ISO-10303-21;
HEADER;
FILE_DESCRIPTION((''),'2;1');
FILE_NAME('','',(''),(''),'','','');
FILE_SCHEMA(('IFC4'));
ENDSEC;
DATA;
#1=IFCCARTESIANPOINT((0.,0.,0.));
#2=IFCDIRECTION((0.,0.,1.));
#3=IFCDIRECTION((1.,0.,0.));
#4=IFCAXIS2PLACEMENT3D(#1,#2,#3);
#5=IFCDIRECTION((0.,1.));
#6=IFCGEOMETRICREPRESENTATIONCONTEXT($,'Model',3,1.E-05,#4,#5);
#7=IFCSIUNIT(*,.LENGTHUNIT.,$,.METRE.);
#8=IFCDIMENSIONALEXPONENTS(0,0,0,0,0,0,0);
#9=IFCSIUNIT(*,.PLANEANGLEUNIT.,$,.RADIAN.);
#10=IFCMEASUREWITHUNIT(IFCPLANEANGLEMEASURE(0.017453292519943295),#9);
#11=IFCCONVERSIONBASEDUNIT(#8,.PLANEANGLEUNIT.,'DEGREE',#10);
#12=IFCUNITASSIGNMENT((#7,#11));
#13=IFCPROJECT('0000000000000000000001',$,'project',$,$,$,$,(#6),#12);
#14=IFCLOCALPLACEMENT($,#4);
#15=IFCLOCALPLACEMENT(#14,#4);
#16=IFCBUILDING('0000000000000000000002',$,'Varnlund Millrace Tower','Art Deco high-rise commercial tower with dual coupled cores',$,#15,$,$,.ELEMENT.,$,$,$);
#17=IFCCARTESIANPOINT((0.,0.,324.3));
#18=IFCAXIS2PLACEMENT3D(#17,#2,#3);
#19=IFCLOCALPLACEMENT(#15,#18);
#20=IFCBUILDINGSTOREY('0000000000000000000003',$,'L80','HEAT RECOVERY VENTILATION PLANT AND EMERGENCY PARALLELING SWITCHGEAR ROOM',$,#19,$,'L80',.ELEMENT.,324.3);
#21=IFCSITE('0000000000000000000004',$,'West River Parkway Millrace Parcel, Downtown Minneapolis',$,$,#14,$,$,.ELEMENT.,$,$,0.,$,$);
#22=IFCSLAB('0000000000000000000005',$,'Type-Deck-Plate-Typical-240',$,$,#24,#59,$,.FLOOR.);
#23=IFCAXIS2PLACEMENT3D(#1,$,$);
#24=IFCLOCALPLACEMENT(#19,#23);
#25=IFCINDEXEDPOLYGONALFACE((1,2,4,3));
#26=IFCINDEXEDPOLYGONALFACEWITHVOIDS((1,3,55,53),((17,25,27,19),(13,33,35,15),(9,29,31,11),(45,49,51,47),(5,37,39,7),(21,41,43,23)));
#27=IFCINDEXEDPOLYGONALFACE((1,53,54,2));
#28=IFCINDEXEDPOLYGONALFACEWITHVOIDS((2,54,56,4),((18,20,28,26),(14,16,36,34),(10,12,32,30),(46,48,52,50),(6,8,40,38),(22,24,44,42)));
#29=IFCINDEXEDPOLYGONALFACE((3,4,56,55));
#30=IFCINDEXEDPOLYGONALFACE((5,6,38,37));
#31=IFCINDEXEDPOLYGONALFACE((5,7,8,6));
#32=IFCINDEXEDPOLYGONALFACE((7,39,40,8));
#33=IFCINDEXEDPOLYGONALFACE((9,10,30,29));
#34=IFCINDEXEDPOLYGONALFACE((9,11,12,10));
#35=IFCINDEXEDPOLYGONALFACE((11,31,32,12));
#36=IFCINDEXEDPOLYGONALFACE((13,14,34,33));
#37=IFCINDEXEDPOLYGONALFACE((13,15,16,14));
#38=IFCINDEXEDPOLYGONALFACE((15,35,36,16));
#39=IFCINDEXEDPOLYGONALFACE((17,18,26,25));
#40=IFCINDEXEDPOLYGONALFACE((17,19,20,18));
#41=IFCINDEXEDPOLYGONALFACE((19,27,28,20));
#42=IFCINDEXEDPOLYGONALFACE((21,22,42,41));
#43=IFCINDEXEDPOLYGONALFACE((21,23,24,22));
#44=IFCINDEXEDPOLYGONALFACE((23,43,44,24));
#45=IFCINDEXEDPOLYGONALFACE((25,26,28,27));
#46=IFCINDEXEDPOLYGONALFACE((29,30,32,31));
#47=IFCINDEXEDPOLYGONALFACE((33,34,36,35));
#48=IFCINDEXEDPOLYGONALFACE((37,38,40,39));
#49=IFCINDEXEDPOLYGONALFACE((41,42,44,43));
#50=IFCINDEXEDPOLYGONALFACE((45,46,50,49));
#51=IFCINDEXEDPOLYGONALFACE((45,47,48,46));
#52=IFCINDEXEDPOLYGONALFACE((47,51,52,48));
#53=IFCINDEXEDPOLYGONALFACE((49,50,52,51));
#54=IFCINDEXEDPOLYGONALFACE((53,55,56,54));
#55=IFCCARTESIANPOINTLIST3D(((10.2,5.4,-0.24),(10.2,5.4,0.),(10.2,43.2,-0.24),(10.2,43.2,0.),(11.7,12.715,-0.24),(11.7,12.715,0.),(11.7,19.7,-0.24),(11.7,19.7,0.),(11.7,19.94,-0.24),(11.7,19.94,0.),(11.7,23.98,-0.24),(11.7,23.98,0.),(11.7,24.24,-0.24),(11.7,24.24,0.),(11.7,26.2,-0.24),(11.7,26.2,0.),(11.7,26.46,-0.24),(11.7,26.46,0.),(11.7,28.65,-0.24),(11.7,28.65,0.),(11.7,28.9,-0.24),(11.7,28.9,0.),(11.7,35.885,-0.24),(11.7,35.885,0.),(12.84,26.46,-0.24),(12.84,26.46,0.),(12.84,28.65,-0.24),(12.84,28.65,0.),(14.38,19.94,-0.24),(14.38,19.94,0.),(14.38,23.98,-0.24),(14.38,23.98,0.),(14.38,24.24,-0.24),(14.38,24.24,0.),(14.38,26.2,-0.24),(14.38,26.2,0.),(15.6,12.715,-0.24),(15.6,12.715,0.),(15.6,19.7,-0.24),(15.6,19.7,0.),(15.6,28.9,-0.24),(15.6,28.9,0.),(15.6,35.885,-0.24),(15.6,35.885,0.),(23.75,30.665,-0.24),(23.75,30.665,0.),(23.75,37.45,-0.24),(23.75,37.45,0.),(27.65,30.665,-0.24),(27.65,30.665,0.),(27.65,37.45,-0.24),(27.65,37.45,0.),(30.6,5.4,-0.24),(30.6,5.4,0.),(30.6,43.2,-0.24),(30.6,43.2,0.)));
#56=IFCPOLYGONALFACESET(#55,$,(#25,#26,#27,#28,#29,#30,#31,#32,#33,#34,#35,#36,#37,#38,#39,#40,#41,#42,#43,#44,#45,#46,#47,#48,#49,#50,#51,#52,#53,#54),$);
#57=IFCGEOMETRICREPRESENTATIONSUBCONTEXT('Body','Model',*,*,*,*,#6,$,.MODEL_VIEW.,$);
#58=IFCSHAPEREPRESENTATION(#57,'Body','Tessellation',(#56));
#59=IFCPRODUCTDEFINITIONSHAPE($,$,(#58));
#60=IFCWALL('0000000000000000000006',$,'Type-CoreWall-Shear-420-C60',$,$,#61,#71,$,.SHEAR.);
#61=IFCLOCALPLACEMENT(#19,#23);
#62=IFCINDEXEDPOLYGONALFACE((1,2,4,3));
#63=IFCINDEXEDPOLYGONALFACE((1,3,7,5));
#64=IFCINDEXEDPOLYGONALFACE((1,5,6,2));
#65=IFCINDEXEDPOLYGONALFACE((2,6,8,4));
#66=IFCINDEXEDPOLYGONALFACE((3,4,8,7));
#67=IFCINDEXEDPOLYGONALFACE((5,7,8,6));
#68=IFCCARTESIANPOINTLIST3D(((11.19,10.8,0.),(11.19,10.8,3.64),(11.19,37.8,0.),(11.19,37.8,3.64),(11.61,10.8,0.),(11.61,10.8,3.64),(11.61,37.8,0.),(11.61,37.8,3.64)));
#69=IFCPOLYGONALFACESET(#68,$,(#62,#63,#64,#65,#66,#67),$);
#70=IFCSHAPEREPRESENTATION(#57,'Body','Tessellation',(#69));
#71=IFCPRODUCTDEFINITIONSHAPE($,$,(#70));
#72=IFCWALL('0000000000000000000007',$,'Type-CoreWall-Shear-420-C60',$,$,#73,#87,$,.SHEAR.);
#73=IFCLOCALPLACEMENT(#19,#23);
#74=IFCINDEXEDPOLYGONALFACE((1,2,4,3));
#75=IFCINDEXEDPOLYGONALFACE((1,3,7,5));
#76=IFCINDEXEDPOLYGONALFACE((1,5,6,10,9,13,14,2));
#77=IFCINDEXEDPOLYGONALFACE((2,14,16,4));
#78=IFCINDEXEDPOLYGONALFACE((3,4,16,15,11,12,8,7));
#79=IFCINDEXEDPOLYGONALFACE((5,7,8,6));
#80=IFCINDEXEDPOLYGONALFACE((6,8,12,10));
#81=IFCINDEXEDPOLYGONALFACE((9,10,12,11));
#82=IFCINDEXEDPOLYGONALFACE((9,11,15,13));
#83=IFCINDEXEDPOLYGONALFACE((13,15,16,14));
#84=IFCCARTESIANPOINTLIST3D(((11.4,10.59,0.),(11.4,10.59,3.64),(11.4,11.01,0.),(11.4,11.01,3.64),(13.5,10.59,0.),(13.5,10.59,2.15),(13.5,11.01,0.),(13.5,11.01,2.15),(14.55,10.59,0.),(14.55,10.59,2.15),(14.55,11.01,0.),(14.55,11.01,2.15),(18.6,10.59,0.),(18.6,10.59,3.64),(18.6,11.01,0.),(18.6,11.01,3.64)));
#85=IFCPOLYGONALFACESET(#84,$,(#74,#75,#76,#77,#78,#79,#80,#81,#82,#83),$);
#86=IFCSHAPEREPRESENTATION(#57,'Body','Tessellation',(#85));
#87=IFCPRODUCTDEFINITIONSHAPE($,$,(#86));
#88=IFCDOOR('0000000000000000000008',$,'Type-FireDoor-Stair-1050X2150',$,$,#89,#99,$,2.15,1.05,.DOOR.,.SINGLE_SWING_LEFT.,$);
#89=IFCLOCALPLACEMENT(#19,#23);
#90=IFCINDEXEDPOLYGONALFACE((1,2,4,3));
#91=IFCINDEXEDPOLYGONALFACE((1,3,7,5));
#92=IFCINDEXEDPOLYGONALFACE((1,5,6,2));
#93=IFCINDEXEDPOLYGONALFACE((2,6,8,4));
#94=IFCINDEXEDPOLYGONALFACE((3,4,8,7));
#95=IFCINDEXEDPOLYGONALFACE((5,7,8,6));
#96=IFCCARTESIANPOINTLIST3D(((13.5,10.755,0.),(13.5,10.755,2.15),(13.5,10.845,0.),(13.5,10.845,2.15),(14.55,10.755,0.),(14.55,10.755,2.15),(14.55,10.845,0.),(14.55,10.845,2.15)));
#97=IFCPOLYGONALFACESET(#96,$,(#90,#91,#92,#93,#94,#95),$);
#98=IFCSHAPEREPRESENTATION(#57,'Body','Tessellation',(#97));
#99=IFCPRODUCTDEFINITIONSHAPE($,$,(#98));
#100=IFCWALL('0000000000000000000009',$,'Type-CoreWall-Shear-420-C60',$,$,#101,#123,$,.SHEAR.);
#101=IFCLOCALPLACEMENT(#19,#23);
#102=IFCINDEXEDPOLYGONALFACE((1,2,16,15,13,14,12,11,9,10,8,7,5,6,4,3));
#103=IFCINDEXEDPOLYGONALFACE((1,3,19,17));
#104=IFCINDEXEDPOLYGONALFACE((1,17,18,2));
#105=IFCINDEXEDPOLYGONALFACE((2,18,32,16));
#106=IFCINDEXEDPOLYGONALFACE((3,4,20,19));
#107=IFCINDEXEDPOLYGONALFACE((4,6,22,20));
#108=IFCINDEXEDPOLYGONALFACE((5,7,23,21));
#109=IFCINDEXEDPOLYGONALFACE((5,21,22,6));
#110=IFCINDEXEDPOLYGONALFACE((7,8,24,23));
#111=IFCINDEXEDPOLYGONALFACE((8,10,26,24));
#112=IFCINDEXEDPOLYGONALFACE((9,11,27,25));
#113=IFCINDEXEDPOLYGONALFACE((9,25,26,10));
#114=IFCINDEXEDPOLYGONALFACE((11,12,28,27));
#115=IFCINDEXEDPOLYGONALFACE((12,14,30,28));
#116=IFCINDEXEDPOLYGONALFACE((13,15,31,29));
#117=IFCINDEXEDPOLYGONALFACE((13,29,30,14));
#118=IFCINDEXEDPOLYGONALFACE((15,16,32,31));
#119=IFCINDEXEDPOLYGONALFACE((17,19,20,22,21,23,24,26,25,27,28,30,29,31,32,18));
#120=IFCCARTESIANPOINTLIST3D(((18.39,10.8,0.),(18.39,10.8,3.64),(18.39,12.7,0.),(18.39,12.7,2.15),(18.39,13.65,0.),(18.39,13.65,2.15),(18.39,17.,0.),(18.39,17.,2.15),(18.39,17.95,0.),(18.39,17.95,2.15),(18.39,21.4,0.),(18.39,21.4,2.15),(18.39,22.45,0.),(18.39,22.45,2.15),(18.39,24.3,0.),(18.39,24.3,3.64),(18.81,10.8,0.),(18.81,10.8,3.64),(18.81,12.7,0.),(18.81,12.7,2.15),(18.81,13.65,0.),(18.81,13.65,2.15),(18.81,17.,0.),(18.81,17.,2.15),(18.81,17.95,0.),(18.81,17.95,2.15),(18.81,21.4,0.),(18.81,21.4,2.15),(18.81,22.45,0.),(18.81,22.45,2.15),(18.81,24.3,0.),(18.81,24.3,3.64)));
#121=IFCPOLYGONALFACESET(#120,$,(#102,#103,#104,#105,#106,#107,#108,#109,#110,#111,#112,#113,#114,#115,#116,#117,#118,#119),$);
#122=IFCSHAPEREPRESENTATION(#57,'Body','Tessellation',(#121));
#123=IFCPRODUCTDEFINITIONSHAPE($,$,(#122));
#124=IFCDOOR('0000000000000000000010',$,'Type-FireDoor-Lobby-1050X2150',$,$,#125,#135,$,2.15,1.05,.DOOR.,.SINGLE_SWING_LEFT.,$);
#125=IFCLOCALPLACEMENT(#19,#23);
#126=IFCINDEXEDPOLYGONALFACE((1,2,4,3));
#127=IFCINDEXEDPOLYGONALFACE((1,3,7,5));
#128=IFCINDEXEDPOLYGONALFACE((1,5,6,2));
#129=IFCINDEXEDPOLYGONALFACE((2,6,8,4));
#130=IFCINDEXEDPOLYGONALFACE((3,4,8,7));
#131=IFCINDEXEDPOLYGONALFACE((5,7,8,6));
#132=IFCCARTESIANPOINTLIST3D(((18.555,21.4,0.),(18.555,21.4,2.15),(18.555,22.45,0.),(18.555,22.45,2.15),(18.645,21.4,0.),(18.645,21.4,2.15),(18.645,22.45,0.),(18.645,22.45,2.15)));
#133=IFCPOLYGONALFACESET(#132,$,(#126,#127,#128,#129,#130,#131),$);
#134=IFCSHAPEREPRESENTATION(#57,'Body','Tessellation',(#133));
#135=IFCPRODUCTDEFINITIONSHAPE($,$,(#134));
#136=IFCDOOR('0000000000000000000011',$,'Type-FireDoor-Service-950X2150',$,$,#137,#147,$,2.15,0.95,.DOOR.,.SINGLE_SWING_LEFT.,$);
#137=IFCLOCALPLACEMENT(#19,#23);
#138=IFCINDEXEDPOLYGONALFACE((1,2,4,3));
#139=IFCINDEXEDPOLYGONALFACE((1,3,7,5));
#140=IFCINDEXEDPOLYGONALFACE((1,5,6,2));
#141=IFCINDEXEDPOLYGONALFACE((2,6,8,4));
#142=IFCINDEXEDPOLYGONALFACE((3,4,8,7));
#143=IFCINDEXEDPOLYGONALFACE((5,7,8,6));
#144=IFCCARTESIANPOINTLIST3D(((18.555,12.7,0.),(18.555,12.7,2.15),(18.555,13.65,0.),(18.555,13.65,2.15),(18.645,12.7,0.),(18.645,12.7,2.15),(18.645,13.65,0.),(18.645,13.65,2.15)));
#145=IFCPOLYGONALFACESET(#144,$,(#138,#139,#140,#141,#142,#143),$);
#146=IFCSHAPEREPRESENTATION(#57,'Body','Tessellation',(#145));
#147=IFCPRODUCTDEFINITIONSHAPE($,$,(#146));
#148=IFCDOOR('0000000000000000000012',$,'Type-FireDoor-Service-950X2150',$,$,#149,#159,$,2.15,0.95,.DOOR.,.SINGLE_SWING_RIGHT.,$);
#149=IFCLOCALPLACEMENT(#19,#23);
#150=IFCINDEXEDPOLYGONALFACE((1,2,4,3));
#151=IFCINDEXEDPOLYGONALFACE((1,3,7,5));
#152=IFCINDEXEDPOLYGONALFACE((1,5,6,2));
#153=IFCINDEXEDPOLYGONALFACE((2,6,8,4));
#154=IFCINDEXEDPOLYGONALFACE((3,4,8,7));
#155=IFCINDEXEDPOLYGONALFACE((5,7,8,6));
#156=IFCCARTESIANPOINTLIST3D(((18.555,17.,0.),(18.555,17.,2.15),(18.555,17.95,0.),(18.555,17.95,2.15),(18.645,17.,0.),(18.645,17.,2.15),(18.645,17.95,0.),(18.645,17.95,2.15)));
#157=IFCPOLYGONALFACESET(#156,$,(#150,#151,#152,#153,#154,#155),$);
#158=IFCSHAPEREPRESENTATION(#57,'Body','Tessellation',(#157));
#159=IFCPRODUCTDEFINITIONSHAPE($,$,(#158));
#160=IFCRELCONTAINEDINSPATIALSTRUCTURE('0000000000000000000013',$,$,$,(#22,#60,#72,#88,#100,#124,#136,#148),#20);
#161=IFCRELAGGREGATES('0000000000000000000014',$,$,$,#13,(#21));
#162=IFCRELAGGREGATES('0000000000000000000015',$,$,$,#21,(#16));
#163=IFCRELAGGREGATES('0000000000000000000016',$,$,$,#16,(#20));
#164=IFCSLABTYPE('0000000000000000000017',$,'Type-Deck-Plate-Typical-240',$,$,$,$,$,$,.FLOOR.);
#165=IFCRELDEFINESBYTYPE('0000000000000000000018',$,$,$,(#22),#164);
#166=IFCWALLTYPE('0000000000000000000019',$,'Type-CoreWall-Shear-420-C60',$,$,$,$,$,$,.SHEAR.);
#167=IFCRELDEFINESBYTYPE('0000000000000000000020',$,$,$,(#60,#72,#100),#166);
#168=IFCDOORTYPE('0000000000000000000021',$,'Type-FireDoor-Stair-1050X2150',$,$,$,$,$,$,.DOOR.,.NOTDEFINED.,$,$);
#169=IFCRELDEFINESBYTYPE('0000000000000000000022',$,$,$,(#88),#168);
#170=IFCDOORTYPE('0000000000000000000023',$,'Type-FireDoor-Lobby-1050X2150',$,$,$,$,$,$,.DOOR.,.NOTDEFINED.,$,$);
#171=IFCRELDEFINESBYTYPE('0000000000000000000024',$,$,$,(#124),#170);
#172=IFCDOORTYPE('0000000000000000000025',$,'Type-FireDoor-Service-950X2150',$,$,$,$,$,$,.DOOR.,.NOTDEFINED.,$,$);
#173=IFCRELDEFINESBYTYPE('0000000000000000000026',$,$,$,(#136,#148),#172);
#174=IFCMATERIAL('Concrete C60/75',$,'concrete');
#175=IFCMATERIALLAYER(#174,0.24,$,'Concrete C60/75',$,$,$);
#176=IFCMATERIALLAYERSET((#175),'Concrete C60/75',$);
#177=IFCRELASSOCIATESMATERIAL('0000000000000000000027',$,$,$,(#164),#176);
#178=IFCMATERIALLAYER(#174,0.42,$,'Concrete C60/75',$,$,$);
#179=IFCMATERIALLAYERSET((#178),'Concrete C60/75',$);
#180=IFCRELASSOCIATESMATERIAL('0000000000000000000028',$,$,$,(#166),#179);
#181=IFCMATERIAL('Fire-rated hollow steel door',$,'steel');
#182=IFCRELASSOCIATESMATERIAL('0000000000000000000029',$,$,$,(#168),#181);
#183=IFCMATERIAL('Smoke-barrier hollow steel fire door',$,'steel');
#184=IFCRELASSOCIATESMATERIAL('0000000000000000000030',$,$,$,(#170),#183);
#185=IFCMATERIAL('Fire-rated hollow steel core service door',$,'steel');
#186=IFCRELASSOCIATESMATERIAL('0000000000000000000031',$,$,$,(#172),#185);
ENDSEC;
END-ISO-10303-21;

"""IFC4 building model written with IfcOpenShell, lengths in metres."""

from ifc_helpers import new_model, entity, si_unit, converted_unit, direction, frame, origin_with_axes, origin_2d_with_axis, place, context, subcontext, project, spatial, polyline, rectangle, outline, extrude, material, layer, layer_set, type_object, element, fill, save


model = new_model("IFC4")

# Units and contexts
model_context = context("Model", 3, precision=1e-05, world=origin_with_axes(), true_north=direction((0.0, 1.0)))
body_context = subcontext(model_context, "Body", "Model", "MODEL_VIEW")
ifc_project = project(units=[si_unit("LENGTHUNIT", "METRE"), converted_unit("PLANEANGLEUNIT", "DEGREE", entity("IfcPlaneAngleMeasure", 0.017453292519943295), si_unit("PLANEANGLEUNIT", "RADIAN"), dimensions=[0, 0, 0, 0, 0, 0, 0])], contexts=[model_context])

# Site, building, storey
site_placement = place(None, origin_with_axes())
site = spatial("IfcSite", under=ifc_project, at=site_placement, Name="West River Parkway Millrace Parcel, Downtown Minneapolis", CompositionType="ELEMENT", RefElevation=0.0)
building_placement = place(site_placement, origin_with_axes())
building = spatial("IfcBuilding", under=site, at=building_placement, Name="Varnlund Millrace Tower", Description="Art Deco high-rise commercial tower with dual coupled cores", CompositionType="ELEMENT")
storey_placement = place(building_placement, frame((0.0, 0.0, 324.3), z_axis=(0.0, 0.0, 1.0), x_axis=(1.0, 0.0, 0.0)))
storey = spatial("IfcBuildingStorey", under=building, at=storey_placement, Name="L80", Description="HEAT RECOVERY VENTILATION PLANT AND EMERGENCY PARALLELING SWITCHGEAR ROOM", LongName="L80", CompositionType="ELEMENT", Elevation=324.3)

# Slab
ifc_material_1 = material(Name="Concrete C60/75", Category="concrete")
ifc_layer_1 = layer(ifc_material_1, 0.24, Name="Concrete C60/75")
ifc_layer_set_1 = layer_set([ifc_layer_1], Name="Concrete C60/75")
slab_type = type_object("IfcSlabType", Name="Type-Deck-Plate-Typical-240", PredefinedType="FLOOR", material=ifc_layer_set_1)
slab_placement = place(storey_placement, frame((0.0, 0.0, -0.24), z_axis=(0.0, 0.0, 1.0), x_axis=(1.0, 0.0, 0.0)))
element("IfcSlab", 1, at=slab_placement, inside=storey, type_object=slab_type, Name="Type-Deck-Plate-Typical-240", PredefinedType="FLOOR", context=body_context, shape_type="SweptSolid", body=[
    extrude(outline(polyline([(30.6, 5.4), (30.6, 43.2), (10.2, 43.2), (10.2, 5.4), (30.6, 5.4)]), holes=[polyline([(11.7, 19.7), (15.6, 19.7), (15.6, 12.715), (11.7, 12.715), (11.7, 19.7)]), polyline([(11.7, 19.94), (11.7, 23.98), (14.38, 23.98), (14.38, 19.94), (11.7, 19.94)]), polyline([(14.38, 26.2), (14.38, 24.24), (11.7, 24.24), (11.7, 26.2), (14.38, 26.2)]), polyline([(12.84, 28.65), (12.84, 26.46), (11.7, 26.46), (11.7, 28.65), (12.84, 28.65)]), polyline([(15.6, 35.885), (15.6, 28.9), (11.7, 28.9), (11.7, 35.885), (15.6, 35.885)]), polyline([(27.65, 37.45), (27.65, 30.665), (23.75, 30.665), (23.75, 37.45), (27.65, 37.45)])]), origin_with_axes(), (0.0, 0.0, 1.0), 0.24),
])

# Wall
ifc_layer_2 = layer(ifc_material_1, 0.42, Name="Concrete C60/75")
ifc_layer_set_2 = layer_set([ifc_layer_2], Name="Concrete C60/75")
wall_type_1 = type_object("IfcWallType", Name="Type-CoreWall-Shear-420-C60", PredefinedType="SHEAR", material=ifc_layer_set_2)
wall_1_placement = place(storey_placement, frame((11.4, 10.8, 0.0), z_axis=(0.0, 0.0, 1.0), x_axis=(0.0, 1.0, 0.0)))
element("IfcWall", 2, at=wall_1_placement, inside=storey, type_object=wall_type_1, Name="Type-CoreWall-Shear-420-C60", PredefinedType="SHEAR", context=body_context, shape_type="SweptSolid", body=[
    extrude(outline(polyline([(0.0, -0.21), (27.0, -0.21), (27.0, 0.21), (0.0, 0.21), (0.0, -0.21)])), origin_with_axes(), (0.0, 0.0, 1.0), 3.64),
])

# Wall, opening, door
wall_2_placement = place(storey_placement, frame((11.4, 10.8, 0.0), z_axis=(0.0, 0.0, 1.0), x_axis=(1.0, 0.0, 0.0)))
wall_2 = element("IfcWall", 3, at=wall_2_placement, inside=storey, type_object=wall_type_1, Name="Type-CoreWall-Shear-420-C60", PredefinedType="SHEAR", context=body_context, shape_type="SweptSolid", body=[
    extrude(outline(polyline([(0.0, -0.21), (7.2, -0.21), (7.2, 0.21), (0.0, 0.21), (0.0, -0.21)])), origin_with_axes(), (0.0, 0.0, 1.0), 3.64),
])
opening_1_placement = place(wall_2_placement, frame((2.625, 0.0, 0.0), z_axis=(0.0, 0.0, 1.0), x_axis=(1.0, 0.0, 0.0)))
opening_1 = element("IfcOpeningElement", 4, at=opening_1_placement, cuts=wall_2, PredefinedType="OPENING", context=body_context, shape_type="SweptSolid", body=[
    extrude(rectangle(XDim=1.05, YDim=0.44, at=origin_2d_with_axis()), origin_with_axes(), (0.0, 0.0, 1.0), 2.15),
])
ifc_material_2 = material(Name="Fire-rated hollow steel door", Category="steel")
door_type_1 = type_object("IfcDoorType", Name="Type-FireDoor-Stair-1050X2150", OperationType="NOTDEFINED", PredefinedType="DOOR", material=ifc_material_2)
door_1_placement = place(wall_2_placement, frame((2.625, 0.0, 0.0), z_axis=(0.0, 0.0, 1.0), x_axis=(1.0, 0.0, 0.0)))
door_1 = element("IfcDoor", 5, at=door_1_placement, inside=storey, type_object=door_type_1, Name="Type-FireDoor-Stair-1050X2150", OperationType="SINGLE_SWING_LEFT", OverallHeight=2.15, OverallWidth=1.05, PredefinedType="DOOR", context=body_context, shape_type="SweptSolid", body=[
    extrude(rectangle(XDim=1.05, YDim=0.09, at=origin_2d_with_axis()), origin_with_axes(), (0.0, 0.0, 1.0), 2.15),
])
fill(opening_1, door_1)

# Wall, openings, doors
wall_3_placement = place(storey_placement, frame((18.6, 10.8, 0.0), z_axis=(0.0, 0.0, 1.0), x_axis=(0.0, 1.0, 0.0)))
wall_3 = element("IfcWall", 6, at=wall_3_placement, inside=storey, type_object=wall_type_1, Name="Type-CoreWall-Shear-420-C60", PredefinedType="SHEAR", context=body_context, shape_type="SweptSolid", body=[
    extrude(outline(polyline([(0.0, -0.21), (13.5, -0.21), (13.5, 0.21), (0.0, 0.21), (0.0, -0.21)])), origin_with_axes(), (0.0, 0.0, 1.0), 3.64),
])
opening_2_placement = place(wall_3_placement, frame((11.125, 0.0, 0.0), z_axis=(0.0, 0.0, 1.0), x_axis=(1.0, 0.0, 0.0)))
opening_2 = element("IfcOpeningElement", 7, at=opening_2_placement, cuts=wall_3, PredefinedType="OPENING", context=body_context, shape_type="SweptSolid", body=[
    extrude(rectangle(XDim=1.05, YDim=0.44, at=origin_2d_with_axis()), origin_with_axes(), (0.0, 0.0, 1.0), 2.15),
])
opening_3_placement = place(wall_3_placement, frame((2.375, 0.0, 0.0), z_axis=(0.0, 0.0, 1.0), x_axis=(1.0, 0.0, 0.0)))
opening_3 = element("IfcOpeningElement", 8, at=opening_3_placement, cuts=wall_3, PredefinedType="OPENING", context=body_context, shape_type="SweptSolid", body=[
    extrude(rectangle(XDim=0.95, YDim=0.44, at=origin_2d_with_axis()), origin_with_axes(), (0.0, 0.0, 1.0), 2.15),
])
opening_4_placement = place(wall_3_placement, frame((6.675, 0.0, 0.0), z_axis=(0.0, 0.0, 1.0), x_axis=(1.0, 0.0, 0.0)))
opening_4 = element("IfcOpeningElement", 9, at=opening_4_placement, cuts=wall_3, PredefinedType="OPENING", context=body_context, shape_type="SweptSolid", body=[
    extrude(rectangle(XDim=0.95, YDim=0.44, at=origin_2d_with_axis()), origin_with_axes(), (0.0, 0.0, 1.0), 2.15),
])
ifc_material_3 = material(Name="Smoke-barrier hollow steel fire door", Category="steel")
door_type_2 = type_object("IfcDoorType", Name="Type-FireDoor-Lobby-1050X2150", OperationType="NOTDEFINED", PredefinedType="DOOR", material=ifc_material_3)
door_2_placement = place(wall_3_placement, frame((11.125, 0.0, 0.0), z_axis=(0.0, 0.0, 1.0), x_axis=(1.0, 0.0, 0.0)))
door_2 = element("IfcDoor", 10, at=door_2_placement, inside=storey, type_object=door_type_2, Name="Type-FireDoor-Lobby-1050X2150", OperationType="SINGLE_SWING_LEFT", OverallHeight=2.15, OverallWidth=1.05, PredefinedType="DOOR", context=body_context, shape_type="SweptSolid", body=[
    extrude(rectangle(XDim=1.05, YDim=0.09, at=origin_2d_with_axis()), origin_with_axes(), (0.0, 0.0, 1.0), 2.15),
])
fill(opening_2, door_2)
ifc_material_4 = material(Name="Fire-rated hollow steel core service door", Category="steel")
door_type_3 = type_object("IfcDoorType", Name="Type-FireDoor-Service-950X2150", OperationType="NOTDEFINED", PredefinedType="DOOR", material=ifc_material_4)
door_3_placement = place(wall_3_placement, frame((2.375, 0.0, 0.0), z_axis=(0.0, 0.0, 1.0), x_axis=(1.0, 0.0, 0.0)))
door_3 = element("IfcDoor", 11, at=door_3_placement, inside=storey, type_object=door_type_3, Name="Type-FireDoor-Service-950X2150", OperationType="SINGLE_SWING_LEFT", OverallHeight=2.15, OverallWidth=0.95, PredefinedType="DOOR", context=body_context, shape_type="SweptSolid", body=[
    extrude(rectangle(XDim=0.95, YDim=0.09, at=origin_2d_with_axis()), origin_with_axes(), (0.0, 0.0, 1.0), 2.15),
])
fill(opening_3, door_3)
door_4_placement = place(wall_3_placement, frame((6.675, 0.0, 0.0), z_axis=(0.0, 0.0, 1.0), x_axis=(1.0, 0.0, 0.0)))
door_4 = element("IfcDoor", 12, at=door_4_placement, inside=storey, type_object=door_type_3, Name="Type-FireDoor-Service-950X2150", OperationType="SINGLE_SWING_RIGHT", OverallHeight=2.15, OverallWidth=0.95, PredefinedType="DOOR", context=body_context, shape_type="SweptSolid", body=[
    extrude(rectangle(XDim=0.95, YDim=0.09, at=origin_2d_with_axis()), origin_with_axes(), (0.0, 0.0, 1.0), 2.15),
])
fill(opening_4, door_4)

save(model, "model.ifc")
